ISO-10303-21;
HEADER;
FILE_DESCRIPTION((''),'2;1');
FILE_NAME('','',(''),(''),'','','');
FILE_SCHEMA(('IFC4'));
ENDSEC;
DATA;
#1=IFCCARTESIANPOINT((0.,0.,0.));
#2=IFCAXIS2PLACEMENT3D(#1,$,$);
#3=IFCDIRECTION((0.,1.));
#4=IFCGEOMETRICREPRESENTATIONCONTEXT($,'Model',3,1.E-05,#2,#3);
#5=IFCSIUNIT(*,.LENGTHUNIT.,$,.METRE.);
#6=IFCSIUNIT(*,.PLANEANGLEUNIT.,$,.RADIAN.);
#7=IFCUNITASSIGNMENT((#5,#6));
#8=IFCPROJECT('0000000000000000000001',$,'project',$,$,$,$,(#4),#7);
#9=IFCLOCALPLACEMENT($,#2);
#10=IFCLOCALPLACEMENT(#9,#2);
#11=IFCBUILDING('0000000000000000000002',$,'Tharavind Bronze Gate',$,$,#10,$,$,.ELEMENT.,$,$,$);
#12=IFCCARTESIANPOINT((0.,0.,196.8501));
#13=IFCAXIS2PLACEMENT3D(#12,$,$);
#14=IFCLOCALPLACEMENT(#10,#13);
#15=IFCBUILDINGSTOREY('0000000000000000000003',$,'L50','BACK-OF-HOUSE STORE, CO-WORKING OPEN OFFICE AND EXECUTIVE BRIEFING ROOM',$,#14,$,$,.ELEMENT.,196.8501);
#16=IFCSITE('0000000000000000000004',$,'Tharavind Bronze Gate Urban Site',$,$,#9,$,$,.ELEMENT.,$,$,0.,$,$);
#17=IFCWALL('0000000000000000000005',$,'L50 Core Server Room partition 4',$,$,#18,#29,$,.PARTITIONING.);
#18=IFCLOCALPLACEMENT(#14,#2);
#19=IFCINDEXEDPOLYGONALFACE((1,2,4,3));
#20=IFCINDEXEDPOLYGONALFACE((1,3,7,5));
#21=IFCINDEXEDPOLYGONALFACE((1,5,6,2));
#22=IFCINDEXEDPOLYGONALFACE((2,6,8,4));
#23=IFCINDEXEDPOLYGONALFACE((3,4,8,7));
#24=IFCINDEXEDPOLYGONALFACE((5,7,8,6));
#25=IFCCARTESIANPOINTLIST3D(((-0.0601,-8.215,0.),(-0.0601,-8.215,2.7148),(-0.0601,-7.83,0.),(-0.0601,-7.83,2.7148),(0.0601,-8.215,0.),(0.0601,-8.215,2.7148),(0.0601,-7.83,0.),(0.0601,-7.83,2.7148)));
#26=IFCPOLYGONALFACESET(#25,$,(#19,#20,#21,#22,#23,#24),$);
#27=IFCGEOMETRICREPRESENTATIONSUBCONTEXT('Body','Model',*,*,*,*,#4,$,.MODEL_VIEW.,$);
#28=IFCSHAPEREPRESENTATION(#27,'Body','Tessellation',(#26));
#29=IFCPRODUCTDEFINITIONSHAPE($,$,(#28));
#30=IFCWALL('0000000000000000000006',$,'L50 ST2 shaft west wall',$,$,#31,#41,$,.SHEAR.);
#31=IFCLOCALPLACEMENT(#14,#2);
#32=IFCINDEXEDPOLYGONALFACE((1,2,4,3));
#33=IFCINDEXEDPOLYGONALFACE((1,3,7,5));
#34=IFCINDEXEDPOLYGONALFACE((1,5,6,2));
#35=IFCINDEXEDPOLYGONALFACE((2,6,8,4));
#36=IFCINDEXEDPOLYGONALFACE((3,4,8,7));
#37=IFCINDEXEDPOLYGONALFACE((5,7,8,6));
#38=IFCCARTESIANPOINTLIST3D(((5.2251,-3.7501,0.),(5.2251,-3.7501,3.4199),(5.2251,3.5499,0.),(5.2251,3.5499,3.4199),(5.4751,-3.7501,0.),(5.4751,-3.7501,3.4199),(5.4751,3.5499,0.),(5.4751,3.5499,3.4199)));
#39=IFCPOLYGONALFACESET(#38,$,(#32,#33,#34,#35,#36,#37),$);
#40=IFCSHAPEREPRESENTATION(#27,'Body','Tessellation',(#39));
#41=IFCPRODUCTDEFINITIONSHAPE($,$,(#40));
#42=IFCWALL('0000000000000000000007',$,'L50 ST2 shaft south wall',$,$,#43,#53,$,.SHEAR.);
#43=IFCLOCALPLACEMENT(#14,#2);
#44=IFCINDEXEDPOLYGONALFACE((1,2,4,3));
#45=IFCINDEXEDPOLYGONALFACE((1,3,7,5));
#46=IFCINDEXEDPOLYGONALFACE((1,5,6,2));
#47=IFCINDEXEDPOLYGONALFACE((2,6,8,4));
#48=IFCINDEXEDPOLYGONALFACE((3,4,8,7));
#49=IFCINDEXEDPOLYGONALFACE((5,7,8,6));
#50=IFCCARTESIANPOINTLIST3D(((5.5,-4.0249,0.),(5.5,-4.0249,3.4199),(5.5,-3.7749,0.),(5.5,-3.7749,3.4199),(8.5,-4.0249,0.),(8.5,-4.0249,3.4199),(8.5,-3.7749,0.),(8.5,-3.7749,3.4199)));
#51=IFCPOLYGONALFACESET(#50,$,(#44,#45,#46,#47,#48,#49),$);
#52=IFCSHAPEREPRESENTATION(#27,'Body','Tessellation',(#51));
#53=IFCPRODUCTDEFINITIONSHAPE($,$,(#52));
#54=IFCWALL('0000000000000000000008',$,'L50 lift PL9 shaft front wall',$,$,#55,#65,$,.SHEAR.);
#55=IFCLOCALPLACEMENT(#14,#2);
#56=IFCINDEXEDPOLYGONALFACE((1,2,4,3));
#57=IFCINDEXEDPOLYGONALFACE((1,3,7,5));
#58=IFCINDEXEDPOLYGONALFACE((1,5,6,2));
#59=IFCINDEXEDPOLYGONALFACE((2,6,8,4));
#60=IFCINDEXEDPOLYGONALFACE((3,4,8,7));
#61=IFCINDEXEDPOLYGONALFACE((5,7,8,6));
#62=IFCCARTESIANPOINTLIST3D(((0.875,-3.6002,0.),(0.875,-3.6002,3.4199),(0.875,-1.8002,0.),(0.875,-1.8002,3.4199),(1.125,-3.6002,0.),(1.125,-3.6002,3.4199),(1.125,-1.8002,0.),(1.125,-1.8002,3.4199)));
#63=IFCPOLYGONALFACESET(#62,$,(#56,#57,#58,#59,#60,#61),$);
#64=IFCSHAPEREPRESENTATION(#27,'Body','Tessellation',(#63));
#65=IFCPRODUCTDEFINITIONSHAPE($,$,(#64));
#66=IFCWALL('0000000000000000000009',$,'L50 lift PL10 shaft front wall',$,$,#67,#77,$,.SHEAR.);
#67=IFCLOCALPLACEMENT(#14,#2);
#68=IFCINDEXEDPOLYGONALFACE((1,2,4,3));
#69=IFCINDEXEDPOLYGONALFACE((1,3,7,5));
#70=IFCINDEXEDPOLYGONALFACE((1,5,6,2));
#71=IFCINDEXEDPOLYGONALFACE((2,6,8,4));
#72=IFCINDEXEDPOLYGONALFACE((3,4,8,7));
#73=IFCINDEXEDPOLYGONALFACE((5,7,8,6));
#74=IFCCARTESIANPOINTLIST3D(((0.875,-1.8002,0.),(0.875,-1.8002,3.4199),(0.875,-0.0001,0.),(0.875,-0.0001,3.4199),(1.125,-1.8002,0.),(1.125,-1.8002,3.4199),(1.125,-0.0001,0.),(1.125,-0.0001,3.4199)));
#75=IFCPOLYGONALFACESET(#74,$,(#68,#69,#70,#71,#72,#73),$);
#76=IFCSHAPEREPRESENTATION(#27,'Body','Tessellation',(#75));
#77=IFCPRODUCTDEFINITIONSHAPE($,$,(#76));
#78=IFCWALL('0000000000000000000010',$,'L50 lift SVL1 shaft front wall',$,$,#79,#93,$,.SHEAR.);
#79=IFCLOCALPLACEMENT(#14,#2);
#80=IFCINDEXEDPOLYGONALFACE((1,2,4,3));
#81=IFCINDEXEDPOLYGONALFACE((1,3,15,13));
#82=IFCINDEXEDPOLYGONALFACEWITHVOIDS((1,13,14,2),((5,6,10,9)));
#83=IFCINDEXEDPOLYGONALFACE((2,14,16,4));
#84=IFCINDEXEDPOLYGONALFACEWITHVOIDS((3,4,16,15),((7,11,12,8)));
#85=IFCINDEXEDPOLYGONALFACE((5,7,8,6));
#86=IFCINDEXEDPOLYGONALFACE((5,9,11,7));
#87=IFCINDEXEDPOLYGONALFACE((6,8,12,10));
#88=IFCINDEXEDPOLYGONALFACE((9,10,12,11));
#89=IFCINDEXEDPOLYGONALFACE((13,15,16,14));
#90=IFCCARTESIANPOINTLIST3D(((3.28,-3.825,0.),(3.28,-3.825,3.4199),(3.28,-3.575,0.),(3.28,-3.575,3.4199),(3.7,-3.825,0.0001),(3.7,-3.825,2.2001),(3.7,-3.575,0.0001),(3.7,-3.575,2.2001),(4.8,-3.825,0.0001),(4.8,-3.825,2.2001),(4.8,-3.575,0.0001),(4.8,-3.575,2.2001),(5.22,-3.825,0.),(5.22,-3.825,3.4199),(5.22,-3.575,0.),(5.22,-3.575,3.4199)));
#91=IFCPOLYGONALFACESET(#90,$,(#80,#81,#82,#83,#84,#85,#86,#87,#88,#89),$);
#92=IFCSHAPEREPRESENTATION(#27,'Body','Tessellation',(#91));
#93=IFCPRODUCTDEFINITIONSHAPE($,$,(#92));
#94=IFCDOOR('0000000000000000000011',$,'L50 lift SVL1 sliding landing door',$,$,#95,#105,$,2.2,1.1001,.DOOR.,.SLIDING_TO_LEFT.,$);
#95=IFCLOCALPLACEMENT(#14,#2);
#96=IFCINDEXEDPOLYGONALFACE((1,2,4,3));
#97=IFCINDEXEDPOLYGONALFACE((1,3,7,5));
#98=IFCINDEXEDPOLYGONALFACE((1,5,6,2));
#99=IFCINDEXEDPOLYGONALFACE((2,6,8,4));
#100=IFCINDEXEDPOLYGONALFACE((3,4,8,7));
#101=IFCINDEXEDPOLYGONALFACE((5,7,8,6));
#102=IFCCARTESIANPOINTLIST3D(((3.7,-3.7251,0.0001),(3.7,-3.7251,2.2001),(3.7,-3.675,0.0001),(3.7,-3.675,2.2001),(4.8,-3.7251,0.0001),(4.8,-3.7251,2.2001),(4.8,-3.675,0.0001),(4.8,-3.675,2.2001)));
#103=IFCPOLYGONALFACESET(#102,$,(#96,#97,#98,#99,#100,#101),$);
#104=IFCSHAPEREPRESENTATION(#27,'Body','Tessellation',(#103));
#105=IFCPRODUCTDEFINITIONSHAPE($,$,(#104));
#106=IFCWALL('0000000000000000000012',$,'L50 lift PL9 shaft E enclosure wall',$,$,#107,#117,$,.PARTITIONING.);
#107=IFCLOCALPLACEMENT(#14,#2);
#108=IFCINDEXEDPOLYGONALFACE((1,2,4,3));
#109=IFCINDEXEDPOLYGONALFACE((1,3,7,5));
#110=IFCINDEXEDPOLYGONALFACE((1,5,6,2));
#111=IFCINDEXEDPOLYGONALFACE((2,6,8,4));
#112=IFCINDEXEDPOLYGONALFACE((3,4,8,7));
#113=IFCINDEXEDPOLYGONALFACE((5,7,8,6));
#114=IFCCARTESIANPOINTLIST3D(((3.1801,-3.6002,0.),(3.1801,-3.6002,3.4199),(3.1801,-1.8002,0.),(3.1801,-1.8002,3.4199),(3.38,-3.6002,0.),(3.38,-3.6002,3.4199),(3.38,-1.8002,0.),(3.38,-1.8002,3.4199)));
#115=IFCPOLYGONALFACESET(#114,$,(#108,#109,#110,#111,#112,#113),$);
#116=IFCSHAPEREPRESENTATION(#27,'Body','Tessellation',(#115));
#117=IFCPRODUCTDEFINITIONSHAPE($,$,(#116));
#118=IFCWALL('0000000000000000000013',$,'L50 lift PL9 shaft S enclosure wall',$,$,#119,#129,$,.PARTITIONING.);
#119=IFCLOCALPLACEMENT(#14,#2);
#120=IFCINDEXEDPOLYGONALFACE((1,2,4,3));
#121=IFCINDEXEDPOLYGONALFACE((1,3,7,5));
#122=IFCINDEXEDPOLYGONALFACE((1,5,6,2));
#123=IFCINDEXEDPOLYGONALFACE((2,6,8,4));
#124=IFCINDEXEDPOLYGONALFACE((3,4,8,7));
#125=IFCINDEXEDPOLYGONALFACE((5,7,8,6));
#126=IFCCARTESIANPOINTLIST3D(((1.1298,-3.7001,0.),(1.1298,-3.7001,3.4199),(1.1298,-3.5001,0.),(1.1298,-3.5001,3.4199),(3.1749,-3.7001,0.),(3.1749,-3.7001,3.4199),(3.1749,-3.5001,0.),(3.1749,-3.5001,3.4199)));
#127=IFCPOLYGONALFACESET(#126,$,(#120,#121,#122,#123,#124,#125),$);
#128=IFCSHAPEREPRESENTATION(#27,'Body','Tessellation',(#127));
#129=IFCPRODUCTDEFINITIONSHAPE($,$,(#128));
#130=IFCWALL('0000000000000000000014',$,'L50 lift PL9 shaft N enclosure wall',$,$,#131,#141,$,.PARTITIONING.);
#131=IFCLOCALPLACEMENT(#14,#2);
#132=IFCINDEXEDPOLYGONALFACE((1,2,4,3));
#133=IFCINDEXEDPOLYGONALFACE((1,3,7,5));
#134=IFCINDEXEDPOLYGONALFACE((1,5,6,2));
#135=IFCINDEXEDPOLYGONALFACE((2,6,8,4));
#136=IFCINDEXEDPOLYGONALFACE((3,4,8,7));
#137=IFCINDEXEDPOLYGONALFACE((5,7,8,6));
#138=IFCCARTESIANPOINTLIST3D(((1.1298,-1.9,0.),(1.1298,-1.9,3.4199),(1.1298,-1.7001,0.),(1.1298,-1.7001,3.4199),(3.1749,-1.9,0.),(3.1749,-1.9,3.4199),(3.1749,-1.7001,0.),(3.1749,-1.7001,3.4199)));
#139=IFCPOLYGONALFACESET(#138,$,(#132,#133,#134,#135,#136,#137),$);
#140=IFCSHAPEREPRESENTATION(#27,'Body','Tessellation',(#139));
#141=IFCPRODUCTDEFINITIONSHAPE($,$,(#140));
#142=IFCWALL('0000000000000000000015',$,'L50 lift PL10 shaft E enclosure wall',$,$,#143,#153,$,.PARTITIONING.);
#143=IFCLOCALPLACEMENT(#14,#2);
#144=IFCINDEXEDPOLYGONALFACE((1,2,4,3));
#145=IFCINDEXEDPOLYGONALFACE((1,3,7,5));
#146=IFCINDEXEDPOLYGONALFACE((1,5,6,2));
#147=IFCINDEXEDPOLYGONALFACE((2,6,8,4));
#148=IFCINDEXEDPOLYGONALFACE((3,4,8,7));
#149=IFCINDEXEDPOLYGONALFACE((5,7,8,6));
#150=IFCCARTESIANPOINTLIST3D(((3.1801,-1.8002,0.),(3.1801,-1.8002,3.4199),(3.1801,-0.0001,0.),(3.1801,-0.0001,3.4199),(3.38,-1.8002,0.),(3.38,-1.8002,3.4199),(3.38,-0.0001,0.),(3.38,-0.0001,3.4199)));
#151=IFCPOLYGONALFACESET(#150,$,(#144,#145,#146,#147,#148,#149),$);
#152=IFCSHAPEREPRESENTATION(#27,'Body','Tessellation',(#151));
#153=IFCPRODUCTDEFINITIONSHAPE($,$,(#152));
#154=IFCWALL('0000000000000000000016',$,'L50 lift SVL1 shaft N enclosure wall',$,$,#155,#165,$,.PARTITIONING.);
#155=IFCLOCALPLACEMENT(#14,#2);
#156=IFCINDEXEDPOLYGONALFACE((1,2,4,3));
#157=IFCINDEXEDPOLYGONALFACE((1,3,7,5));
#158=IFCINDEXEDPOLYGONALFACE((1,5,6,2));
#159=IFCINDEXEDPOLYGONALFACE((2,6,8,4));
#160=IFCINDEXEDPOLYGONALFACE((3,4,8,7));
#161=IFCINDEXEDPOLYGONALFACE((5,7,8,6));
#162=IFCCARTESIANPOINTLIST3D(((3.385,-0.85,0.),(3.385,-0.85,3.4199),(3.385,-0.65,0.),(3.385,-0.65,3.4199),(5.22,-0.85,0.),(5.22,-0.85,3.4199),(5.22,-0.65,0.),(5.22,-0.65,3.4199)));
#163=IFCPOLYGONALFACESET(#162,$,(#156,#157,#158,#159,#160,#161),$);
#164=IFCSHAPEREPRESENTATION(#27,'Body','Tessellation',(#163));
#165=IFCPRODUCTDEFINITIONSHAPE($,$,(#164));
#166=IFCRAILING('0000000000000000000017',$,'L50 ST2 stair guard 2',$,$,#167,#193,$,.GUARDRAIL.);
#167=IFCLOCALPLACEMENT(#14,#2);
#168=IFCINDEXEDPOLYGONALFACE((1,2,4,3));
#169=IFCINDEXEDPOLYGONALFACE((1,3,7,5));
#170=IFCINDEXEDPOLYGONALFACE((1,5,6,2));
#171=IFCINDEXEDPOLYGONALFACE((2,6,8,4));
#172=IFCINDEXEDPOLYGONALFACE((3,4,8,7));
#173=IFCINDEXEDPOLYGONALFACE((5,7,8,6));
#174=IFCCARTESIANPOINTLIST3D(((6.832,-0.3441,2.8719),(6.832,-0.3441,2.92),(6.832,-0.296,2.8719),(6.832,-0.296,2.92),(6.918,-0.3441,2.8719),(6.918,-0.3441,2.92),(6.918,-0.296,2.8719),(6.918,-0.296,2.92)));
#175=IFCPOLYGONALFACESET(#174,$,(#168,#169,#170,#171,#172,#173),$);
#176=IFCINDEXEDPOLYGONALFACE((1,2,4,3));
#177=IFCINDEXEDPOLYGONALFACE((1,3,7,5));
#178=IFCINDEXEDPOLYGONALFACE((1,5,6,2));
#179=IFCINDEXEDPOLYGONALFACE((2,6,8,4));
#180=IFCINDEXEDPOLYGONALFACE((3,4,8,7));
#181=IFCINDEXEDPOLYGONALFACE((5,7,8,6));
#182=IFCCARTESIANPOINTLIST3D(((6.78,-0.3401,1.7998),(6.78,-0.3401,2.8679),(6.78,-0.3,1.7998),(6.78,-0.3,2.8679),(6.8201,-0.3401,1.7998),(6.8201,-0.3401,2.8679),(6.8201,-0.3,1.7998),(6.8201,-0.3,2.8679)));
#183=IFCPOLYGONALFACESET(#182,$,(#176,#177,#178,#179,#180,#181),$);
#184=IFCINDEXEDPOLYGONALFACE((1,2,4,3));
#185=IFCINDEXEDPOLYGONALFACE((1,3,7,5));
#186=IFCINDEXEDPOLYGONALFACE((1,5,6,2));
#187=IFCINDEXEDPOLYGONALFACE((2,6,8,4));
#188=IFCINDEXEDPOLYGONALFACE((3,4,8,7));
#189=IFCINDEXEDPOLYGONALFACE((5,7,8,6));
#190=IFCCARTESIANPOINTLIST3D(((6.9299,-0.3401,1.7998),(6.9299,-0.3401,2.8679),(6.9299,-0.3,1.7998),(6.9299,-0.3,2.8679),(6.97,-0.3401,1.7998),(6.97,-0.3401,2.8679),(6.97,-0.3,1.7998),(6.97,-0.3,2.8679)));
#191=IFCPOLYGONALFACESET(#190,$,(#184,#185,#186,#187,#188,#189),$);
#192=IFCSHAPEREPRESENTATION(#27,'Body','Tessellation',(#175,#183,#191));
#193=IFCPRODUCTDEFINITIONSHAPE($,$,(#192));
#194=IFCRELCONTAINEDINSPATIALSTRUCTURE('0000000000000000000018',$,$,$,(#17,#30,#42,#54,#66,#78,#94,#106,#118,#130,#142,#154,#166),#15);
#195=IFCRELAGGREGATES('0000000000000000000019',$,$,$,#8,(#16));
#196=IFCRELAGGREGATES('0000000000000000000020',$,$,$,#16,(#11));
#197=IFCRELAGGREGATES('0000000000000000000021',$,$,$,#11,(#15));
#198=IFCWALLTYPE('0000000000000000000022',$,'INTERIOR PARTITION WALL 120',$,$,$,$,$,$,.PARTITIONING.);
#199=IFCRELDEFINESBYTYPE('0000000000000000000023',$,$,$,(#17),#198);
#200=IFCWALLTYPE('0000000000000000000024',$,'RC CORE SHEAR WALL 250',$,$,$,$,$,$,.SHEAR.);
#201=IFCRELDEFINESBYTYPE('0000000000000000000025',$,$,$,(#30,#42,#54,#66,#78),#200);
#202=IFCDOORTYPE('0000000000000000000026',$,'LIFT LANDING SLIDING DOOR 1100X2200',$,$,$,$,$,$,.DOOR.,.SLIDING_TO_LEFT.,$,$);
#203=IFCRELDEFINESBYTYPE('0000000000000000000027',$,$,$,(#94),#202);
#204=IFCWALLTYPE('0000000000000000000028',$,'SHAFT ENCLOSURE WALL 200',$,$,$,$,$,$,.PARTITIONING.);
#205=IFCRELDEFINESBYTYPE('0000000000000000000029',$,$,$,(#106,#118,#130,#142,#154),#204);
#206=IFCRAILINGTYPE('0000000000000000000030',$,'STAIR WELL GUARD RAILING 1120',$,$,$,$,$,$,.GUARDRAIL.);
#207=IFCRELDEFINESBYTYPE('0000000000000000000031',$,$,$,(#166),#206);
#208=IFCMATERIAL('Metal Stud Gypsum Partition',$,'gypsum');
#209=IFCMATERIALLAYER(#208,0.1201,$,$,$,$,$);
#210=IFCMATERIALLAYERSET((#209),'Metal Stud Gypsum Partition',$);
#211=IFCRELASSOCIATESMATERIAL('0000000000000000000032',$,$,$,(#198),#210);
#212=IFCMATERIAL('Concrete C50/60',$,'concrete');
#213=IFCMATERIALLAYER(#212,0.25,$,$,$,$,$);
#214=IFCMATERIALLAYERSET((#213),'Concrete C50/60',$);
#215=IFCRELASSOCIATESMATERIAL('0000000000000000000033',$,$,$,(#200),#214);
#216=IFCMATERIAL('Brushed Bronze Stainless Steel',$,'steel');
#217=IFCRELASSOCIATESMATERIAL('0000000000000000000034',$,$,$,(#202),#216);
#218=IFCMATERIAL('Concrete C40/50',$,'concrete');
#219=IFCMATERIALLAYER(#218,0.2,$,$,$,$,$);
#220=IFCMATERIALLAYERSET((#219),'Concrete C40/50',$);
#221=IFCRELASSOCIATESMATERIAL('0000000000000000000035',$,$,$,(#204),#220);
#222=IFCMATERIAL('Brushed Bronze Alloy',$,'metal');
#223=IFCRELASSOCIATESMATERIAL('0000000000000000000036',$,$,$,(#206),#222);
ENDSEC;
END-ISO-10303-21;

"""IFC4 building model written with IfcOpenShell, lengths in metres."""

from ifc_helpers import new_model, si_unit, direction, frame, frame_2d, origin, origin_2d, place, context, subcontext, project, spatial, rectangle, extrude, material, layer, layer_set, type_object, element, fill, save


model = new_model("IFC4")

# Units and contexts
model_context = context("Model", 3, precision=1e-05, world=origin(), true_north=direction((0.0, 1.0)))
body_context = subcontext(model_context, "Body", "Model", "MODEL_VIEW")
ifc_project = project(units=[si_unit("LENGTHUNIT", "METRE"), si_unit("PLANEANGLEUNIT", "RADIAN")], contexts=[model_context])

# Site, building, storey
site_placement = place(None, origin())
site = spatial("IfcSite", under=ifc_project, at=site_placement, Name="Tharavind Bronze Gate Urban Site", CompositionType="ELEMENT", RefElevation=0.0)
building_placement = place(site_placement, origin())
building = spatial("IfcBuilding", under=site, at=building_placement, Name="Tharavind Bronze Gate", CompositionType="ELEMENT")
storey_placement = place(building_placement, frame((0.0, 0.0, 196.8501)))
storey = spatial("IfcBuildingStorey", under=building, at=storey_placement, Name="L50", Description="BACK-OF-HOUSE STORE, CO-WORKING OPEN OFFICE AND EXECUTIVE BRIEFING ROOM", CompositionType="ELEMENT", Elevation=196.8501)

# Shared definitions
ifc_material_1 = material(Name="Concrete C40/50", Category="concrete")

# Walls
ifc_material_2 = material(Name="Metal Stud Gypsum Partition", Category="gypsum")
ifc_layer_1 = layer(ifc_material_2, 0.1201)
ifc_layer_set_1 = layer_set([ifc_layer_1], Name="Metal Stud Gypsum Partition")
wall_type_1 = type_object("IfcWallType", Name="INTERIOR PARTITION WALL 120", PredefinedType="PARTITIONING", material=ifc_layer_set_1)
wall_1_placement = place(storey_placement, frame((0.0, -7.8301, 0.0), z_axis=(0.0, 0.0, 1.0), x_axis=(0.0, -1.0, 0.0)))
element("IfcWall", 1, at=wall_1_placement, inside=storey, type_object=wall_type_1, Name="L50 Core Server Room partition 4", PredefinedType="PARTITIONING", context=body_context, shape_type="SweptSolid", body=[
    extrude(rectangle(XDim=0.385, YDim=0.1201, at=frame_2d((0.1924, 0.0))), origin(), (0.0, 0.0, 1.0), 2.7148),
])
ifc_material_3 = material(Name="Concrete C50/60", Category="concrete")
ifc_layer_2 = layer(ifc_material_3, 0.25)
ifc_layer_set_2 = layer_set([ifc_layer_2], Name="Concrete C50/60")
wall_type_2 = type_object("IfcWallType", Name="RC CORE SHEAR WALL 250", PredefinedType="SHEAR", material=ifc_layer_set_2)
wall_2_placement = place(storey_placement, frame((5.3501, -3.75, 0.0), z_axis=(0.0, 0.0, 1.0), x_axis=(0.0, 1.0, 0.0)))
element("IfcWall", 2, at=wall_2_placement, inside=storey, type_object=wall_type_2, Name="L50 ST2 shaft west wall", PredefinedType="SHEAR", context=body_context, shape_type="SweptSolid", body=[
    extrude(rectangle(XDim=7.3, YDim=0.25, at=frame_2d((3.6499, 0.0))), origin(), (0.0, 0.0, 1.0), 3.4199),
])
wall_3_placement = place(storey_placement, frame((5.5, -3.8999, 0.0), z_axis=(0.0, 0.0, 1.0), x_axis=(1.0, 0.0, 0.0)))
element("IfcWall", 3, at=wall_3_placement, inside=storey, type_object=wall_type_2, Name="L50 ST2 shaft south wall", PredefinedType="SHEAR", context=body_context, shape_type="SweptSolid", body=[
    extrude(rectangle(XDim=3.0, YDim=0.25, at=frame_2d((1.5, 0.0))), origin(), (0.0, 0.0, 1.0), 3.4199),
])
for number, where, z_axis, x_axis, name in (
    (4, (1.0, -3.6001, 0.0), (0.0, 0.0, 1.0), (0.0, 1.0, 0.0), "L50 lift PL9 shaft front wall"),
    (5, (1.0, -1.8, 0.0), (0.0, 0.0, 1.0), (0.0, 1.0, 0.0), "L50 lift PL10 shaft front wall"),
):
    element("IfcWall", number, at=place(storey_placement, frame(where, z_axis=z_axis, x_axis=x_axis)), inside=storey, type_object=wall_type_2, Name=name, PredefinedType="SHEAR", context=body_context, shape_type="SweptSolid", body=[
        extrude(rectangle(XDim=1.8, YDim=0.25, at=frame_2d((0.8999, 0.0))), origin(), (0.0, 0.0, 1.0), 3.4199),
    ])

# Wall, opening, door
wall_4_placement = place(storey_placement, frame((3.28, -3.7, 0.0), z_axis=(0.0, 0.0, 1.0), x_axis=(1.0, 0.0, 0.0)))
wall_4 = element("IfcWall", 6, at=wall_4_placement, inside=storey, type_object=wall_type_2, Name="L50 lift SVL1 shaft front wall", PredefinedType="SHEAR", context=body_context, shape_type="SweptSolid", body=[
    extrude(rectangle(XDim=1.9399, YDim=0.25, at=frame_2d((0.97, 0.0))), origin(), (0.0, 0.0, 1.0), 3.4199),
])
opening_placement = place(wall_4_placement, frame((0.4199, 0.0, 0.0)))
opening = element("IfcOpeningElement", 7, at=opening_placement, cuts=wall_4, PredefinedType="OPENING", context=body_context, shape_type="SweptSolid", body=[
    extrude(rectangle(XDim=1.1001, YDim=2.2, at=frame_2d((0.55, 1.1001))), frame((0.0, 0.135, 0.0), z_axis=(0.0, -1.0, 0.0), x_axis=(1.0, 0.0, 0.0)), (0.0, 0.0, 1.0), 0.27),
])
ifc_material_4 = material(Name="Brushed Bronze Stainless Steel", Category="steel")
door_type = type_object("IfcDoorType", Name="LIFT LANDING SLIDING DOOR 1100X2200", OperationType="SLIDING_TO_LEFT", PredefinedType="DOOR", material=ifc_material_4)
door_placement = place(opening_placement, origin())
door = element("IfcDoor", 8, at=door_placement, inside=storey, type_object=door_type, Name="L50 lift SVL1 sliding landing door", OperationType="SLIDING_TO_LEFT", OverallHeight=2.2, OverallWidth=1.1001, PredefinedType="DOOR", context=body_context, shape_type="SweptSolid", body=[
    extrude(rectangle(XDim=1.1001, YDim=2.2, at=frame_2d((0.55, 1.1001))), frame((0.0, 0.0249, 0.0), z_axis=(0.0, -1.0, 0.0), x_axis=(1.0, 0.0, 0.0)), (0.0, 0.0, 1.0), 0.05),
])
fill(opening, door)

# Walls
ifc_layer_3 = layer(ifc_material_1, 0.2)
ifc_layer_set_3 = layer_set([ifc_layer_3], Name="Concrete C40/50")
wall_type_3 = type_object("IfcWallType", Name="SHAFT ENCLOSURE WALL 200", PredefinedType="PARTITIONING", material=ifc_layer_set_3)
wall_5_placement = place(storey_placement, frame((3.28, -3.6001, 0.0), z_axis=(0.0, 0.0, 1.0), x_axis=(0.0, 1.0, 0.0)))
element("IfcWall", 9, at=wall_5_placement, inside=storey, type_object=wall_type_3, Name="L50 lift PL9 shaft E enclosure wall", PredefinedType="PARTITIONING", context=body_context, shape_type="SweptSolid", body=[
    extrude(rectangle(XDim=1.8, YDim=0.2, at=frame_2d((0.8999, 0.0))), origin(), (0.0, 0.0, 1.0), 3.4199),
])
for number, where, z_axis, x_axis, name in (
    (10, (1.1299, -3.6001, 0.0), (0.0, 0.0, 1.0), (1.0, 0.0, 0.0), "L50 lift PL9 shaft S enclosure wall"),
    (11, (1.1299, -1.8, 0.0), (0.0, 0.0, 1.0), (1.0, 0.0, 0.0), "L50 lift PL9 shaft N enclosure wall"),
):
    element("IfcWall", number, at=place(storey_placement, frame(where, z_axis=z_axis, x_axis=x_axis)), inside=storey, type_object=wall_type_3, Name=name, PredefinedType="PARTITIONING", context=body_context, shape_type="SweptSolid", body=[
        extrude(rectangle(XDim=2.0452, YDim=0.2, at=frame_2d((1.0225, 0.0))), origin(), (0.0, 0.0, 1.0), 3.4199),
    ])
wall_6_placement = place(storey_placement, frame((3.28, -1.8, 0.0), z_axis=(0.0, 0.0, 1.0), x_axis=(0.0, 1.0, 0.0)))
element("IfcWall", 12, at=wall_6_placement, inside=storey, type_object=wall_type_3, Name="L50 lift PL10 shaft E enclosure wall", PredefinedType="PARTITIONING", context=body_context, shape_type="SweptSolid", body=[
    extrude(rectangle(XDim=1.8, YDim=0.2, at=frame_2d((0.8999, 0.0))), origin(), (0.0, 0.0, 1.0), 3.4199),
])
wall_7_placement = place(storey_placement, frame((3.385, -0.75, 0.0), z_axis=(0.0, 0.0, 1.0), x_axis=(1.0, 0.0, 0.0)))
element("IfcWall", 13, at=wall_7_placement, inside=storey, type_object=wall_type_3, Name="L50 lift SVL1 shaft N enclosure wall", PredefinedType="PARTITIONING", context=body_context, shape_type="SweptSolid", body=[
    extrude(rectangle(XDim=1.835, YDim=0.2, at=frame_2d((0.9175, 0.0))), origin(), (0.0, 0.0, 1.0), 3.4199),
])

# Railing
ifc_material_5 = material(Name="Brushed Bronze Alloy", Category="metal")
railing_type = type_object("IfcRailingType", Name="STAIR WELL GUARD RAILING 1120", PredefinedType="GUARDRAIL", material=ifc_material_5)
railing_1_placement = place(storey_placement, frame((6.8, -0.3201, 1.7998)))
element("IfcRailing", 14, at=railing_1_placement, inside=storey, type_object=railing_type, Name="L50 ST2 stair guard 2", PredefinedType="GUARDRAIL", context=body_context, shape_type="SweptSolid", body=[
    extrude(rectangle(XDim=0.0481, YDim=0.0481, at=origin_2d()), frame((0.032, 0.0, 1.0962), z_axis=(1.0, 0.0, 0.0), x_axis=(0.0, 1.0, 0.0)), (0.0, 0.0, 1.0), 0.0859),
    extrude(rectangle(XDim=0.04, YDim=0.04, at=origin_2d()), origin(), (0.0, 0.0, 1.0), 1.0681),
    extrude(rectangle(XDim=0.04, YDim=0.04, at=origin_2d()), frame((0.1499, 0.0, 0.0)), (0.0, 0.0, 1.0), 1.0681),
])

save(model, "model.ifc")
